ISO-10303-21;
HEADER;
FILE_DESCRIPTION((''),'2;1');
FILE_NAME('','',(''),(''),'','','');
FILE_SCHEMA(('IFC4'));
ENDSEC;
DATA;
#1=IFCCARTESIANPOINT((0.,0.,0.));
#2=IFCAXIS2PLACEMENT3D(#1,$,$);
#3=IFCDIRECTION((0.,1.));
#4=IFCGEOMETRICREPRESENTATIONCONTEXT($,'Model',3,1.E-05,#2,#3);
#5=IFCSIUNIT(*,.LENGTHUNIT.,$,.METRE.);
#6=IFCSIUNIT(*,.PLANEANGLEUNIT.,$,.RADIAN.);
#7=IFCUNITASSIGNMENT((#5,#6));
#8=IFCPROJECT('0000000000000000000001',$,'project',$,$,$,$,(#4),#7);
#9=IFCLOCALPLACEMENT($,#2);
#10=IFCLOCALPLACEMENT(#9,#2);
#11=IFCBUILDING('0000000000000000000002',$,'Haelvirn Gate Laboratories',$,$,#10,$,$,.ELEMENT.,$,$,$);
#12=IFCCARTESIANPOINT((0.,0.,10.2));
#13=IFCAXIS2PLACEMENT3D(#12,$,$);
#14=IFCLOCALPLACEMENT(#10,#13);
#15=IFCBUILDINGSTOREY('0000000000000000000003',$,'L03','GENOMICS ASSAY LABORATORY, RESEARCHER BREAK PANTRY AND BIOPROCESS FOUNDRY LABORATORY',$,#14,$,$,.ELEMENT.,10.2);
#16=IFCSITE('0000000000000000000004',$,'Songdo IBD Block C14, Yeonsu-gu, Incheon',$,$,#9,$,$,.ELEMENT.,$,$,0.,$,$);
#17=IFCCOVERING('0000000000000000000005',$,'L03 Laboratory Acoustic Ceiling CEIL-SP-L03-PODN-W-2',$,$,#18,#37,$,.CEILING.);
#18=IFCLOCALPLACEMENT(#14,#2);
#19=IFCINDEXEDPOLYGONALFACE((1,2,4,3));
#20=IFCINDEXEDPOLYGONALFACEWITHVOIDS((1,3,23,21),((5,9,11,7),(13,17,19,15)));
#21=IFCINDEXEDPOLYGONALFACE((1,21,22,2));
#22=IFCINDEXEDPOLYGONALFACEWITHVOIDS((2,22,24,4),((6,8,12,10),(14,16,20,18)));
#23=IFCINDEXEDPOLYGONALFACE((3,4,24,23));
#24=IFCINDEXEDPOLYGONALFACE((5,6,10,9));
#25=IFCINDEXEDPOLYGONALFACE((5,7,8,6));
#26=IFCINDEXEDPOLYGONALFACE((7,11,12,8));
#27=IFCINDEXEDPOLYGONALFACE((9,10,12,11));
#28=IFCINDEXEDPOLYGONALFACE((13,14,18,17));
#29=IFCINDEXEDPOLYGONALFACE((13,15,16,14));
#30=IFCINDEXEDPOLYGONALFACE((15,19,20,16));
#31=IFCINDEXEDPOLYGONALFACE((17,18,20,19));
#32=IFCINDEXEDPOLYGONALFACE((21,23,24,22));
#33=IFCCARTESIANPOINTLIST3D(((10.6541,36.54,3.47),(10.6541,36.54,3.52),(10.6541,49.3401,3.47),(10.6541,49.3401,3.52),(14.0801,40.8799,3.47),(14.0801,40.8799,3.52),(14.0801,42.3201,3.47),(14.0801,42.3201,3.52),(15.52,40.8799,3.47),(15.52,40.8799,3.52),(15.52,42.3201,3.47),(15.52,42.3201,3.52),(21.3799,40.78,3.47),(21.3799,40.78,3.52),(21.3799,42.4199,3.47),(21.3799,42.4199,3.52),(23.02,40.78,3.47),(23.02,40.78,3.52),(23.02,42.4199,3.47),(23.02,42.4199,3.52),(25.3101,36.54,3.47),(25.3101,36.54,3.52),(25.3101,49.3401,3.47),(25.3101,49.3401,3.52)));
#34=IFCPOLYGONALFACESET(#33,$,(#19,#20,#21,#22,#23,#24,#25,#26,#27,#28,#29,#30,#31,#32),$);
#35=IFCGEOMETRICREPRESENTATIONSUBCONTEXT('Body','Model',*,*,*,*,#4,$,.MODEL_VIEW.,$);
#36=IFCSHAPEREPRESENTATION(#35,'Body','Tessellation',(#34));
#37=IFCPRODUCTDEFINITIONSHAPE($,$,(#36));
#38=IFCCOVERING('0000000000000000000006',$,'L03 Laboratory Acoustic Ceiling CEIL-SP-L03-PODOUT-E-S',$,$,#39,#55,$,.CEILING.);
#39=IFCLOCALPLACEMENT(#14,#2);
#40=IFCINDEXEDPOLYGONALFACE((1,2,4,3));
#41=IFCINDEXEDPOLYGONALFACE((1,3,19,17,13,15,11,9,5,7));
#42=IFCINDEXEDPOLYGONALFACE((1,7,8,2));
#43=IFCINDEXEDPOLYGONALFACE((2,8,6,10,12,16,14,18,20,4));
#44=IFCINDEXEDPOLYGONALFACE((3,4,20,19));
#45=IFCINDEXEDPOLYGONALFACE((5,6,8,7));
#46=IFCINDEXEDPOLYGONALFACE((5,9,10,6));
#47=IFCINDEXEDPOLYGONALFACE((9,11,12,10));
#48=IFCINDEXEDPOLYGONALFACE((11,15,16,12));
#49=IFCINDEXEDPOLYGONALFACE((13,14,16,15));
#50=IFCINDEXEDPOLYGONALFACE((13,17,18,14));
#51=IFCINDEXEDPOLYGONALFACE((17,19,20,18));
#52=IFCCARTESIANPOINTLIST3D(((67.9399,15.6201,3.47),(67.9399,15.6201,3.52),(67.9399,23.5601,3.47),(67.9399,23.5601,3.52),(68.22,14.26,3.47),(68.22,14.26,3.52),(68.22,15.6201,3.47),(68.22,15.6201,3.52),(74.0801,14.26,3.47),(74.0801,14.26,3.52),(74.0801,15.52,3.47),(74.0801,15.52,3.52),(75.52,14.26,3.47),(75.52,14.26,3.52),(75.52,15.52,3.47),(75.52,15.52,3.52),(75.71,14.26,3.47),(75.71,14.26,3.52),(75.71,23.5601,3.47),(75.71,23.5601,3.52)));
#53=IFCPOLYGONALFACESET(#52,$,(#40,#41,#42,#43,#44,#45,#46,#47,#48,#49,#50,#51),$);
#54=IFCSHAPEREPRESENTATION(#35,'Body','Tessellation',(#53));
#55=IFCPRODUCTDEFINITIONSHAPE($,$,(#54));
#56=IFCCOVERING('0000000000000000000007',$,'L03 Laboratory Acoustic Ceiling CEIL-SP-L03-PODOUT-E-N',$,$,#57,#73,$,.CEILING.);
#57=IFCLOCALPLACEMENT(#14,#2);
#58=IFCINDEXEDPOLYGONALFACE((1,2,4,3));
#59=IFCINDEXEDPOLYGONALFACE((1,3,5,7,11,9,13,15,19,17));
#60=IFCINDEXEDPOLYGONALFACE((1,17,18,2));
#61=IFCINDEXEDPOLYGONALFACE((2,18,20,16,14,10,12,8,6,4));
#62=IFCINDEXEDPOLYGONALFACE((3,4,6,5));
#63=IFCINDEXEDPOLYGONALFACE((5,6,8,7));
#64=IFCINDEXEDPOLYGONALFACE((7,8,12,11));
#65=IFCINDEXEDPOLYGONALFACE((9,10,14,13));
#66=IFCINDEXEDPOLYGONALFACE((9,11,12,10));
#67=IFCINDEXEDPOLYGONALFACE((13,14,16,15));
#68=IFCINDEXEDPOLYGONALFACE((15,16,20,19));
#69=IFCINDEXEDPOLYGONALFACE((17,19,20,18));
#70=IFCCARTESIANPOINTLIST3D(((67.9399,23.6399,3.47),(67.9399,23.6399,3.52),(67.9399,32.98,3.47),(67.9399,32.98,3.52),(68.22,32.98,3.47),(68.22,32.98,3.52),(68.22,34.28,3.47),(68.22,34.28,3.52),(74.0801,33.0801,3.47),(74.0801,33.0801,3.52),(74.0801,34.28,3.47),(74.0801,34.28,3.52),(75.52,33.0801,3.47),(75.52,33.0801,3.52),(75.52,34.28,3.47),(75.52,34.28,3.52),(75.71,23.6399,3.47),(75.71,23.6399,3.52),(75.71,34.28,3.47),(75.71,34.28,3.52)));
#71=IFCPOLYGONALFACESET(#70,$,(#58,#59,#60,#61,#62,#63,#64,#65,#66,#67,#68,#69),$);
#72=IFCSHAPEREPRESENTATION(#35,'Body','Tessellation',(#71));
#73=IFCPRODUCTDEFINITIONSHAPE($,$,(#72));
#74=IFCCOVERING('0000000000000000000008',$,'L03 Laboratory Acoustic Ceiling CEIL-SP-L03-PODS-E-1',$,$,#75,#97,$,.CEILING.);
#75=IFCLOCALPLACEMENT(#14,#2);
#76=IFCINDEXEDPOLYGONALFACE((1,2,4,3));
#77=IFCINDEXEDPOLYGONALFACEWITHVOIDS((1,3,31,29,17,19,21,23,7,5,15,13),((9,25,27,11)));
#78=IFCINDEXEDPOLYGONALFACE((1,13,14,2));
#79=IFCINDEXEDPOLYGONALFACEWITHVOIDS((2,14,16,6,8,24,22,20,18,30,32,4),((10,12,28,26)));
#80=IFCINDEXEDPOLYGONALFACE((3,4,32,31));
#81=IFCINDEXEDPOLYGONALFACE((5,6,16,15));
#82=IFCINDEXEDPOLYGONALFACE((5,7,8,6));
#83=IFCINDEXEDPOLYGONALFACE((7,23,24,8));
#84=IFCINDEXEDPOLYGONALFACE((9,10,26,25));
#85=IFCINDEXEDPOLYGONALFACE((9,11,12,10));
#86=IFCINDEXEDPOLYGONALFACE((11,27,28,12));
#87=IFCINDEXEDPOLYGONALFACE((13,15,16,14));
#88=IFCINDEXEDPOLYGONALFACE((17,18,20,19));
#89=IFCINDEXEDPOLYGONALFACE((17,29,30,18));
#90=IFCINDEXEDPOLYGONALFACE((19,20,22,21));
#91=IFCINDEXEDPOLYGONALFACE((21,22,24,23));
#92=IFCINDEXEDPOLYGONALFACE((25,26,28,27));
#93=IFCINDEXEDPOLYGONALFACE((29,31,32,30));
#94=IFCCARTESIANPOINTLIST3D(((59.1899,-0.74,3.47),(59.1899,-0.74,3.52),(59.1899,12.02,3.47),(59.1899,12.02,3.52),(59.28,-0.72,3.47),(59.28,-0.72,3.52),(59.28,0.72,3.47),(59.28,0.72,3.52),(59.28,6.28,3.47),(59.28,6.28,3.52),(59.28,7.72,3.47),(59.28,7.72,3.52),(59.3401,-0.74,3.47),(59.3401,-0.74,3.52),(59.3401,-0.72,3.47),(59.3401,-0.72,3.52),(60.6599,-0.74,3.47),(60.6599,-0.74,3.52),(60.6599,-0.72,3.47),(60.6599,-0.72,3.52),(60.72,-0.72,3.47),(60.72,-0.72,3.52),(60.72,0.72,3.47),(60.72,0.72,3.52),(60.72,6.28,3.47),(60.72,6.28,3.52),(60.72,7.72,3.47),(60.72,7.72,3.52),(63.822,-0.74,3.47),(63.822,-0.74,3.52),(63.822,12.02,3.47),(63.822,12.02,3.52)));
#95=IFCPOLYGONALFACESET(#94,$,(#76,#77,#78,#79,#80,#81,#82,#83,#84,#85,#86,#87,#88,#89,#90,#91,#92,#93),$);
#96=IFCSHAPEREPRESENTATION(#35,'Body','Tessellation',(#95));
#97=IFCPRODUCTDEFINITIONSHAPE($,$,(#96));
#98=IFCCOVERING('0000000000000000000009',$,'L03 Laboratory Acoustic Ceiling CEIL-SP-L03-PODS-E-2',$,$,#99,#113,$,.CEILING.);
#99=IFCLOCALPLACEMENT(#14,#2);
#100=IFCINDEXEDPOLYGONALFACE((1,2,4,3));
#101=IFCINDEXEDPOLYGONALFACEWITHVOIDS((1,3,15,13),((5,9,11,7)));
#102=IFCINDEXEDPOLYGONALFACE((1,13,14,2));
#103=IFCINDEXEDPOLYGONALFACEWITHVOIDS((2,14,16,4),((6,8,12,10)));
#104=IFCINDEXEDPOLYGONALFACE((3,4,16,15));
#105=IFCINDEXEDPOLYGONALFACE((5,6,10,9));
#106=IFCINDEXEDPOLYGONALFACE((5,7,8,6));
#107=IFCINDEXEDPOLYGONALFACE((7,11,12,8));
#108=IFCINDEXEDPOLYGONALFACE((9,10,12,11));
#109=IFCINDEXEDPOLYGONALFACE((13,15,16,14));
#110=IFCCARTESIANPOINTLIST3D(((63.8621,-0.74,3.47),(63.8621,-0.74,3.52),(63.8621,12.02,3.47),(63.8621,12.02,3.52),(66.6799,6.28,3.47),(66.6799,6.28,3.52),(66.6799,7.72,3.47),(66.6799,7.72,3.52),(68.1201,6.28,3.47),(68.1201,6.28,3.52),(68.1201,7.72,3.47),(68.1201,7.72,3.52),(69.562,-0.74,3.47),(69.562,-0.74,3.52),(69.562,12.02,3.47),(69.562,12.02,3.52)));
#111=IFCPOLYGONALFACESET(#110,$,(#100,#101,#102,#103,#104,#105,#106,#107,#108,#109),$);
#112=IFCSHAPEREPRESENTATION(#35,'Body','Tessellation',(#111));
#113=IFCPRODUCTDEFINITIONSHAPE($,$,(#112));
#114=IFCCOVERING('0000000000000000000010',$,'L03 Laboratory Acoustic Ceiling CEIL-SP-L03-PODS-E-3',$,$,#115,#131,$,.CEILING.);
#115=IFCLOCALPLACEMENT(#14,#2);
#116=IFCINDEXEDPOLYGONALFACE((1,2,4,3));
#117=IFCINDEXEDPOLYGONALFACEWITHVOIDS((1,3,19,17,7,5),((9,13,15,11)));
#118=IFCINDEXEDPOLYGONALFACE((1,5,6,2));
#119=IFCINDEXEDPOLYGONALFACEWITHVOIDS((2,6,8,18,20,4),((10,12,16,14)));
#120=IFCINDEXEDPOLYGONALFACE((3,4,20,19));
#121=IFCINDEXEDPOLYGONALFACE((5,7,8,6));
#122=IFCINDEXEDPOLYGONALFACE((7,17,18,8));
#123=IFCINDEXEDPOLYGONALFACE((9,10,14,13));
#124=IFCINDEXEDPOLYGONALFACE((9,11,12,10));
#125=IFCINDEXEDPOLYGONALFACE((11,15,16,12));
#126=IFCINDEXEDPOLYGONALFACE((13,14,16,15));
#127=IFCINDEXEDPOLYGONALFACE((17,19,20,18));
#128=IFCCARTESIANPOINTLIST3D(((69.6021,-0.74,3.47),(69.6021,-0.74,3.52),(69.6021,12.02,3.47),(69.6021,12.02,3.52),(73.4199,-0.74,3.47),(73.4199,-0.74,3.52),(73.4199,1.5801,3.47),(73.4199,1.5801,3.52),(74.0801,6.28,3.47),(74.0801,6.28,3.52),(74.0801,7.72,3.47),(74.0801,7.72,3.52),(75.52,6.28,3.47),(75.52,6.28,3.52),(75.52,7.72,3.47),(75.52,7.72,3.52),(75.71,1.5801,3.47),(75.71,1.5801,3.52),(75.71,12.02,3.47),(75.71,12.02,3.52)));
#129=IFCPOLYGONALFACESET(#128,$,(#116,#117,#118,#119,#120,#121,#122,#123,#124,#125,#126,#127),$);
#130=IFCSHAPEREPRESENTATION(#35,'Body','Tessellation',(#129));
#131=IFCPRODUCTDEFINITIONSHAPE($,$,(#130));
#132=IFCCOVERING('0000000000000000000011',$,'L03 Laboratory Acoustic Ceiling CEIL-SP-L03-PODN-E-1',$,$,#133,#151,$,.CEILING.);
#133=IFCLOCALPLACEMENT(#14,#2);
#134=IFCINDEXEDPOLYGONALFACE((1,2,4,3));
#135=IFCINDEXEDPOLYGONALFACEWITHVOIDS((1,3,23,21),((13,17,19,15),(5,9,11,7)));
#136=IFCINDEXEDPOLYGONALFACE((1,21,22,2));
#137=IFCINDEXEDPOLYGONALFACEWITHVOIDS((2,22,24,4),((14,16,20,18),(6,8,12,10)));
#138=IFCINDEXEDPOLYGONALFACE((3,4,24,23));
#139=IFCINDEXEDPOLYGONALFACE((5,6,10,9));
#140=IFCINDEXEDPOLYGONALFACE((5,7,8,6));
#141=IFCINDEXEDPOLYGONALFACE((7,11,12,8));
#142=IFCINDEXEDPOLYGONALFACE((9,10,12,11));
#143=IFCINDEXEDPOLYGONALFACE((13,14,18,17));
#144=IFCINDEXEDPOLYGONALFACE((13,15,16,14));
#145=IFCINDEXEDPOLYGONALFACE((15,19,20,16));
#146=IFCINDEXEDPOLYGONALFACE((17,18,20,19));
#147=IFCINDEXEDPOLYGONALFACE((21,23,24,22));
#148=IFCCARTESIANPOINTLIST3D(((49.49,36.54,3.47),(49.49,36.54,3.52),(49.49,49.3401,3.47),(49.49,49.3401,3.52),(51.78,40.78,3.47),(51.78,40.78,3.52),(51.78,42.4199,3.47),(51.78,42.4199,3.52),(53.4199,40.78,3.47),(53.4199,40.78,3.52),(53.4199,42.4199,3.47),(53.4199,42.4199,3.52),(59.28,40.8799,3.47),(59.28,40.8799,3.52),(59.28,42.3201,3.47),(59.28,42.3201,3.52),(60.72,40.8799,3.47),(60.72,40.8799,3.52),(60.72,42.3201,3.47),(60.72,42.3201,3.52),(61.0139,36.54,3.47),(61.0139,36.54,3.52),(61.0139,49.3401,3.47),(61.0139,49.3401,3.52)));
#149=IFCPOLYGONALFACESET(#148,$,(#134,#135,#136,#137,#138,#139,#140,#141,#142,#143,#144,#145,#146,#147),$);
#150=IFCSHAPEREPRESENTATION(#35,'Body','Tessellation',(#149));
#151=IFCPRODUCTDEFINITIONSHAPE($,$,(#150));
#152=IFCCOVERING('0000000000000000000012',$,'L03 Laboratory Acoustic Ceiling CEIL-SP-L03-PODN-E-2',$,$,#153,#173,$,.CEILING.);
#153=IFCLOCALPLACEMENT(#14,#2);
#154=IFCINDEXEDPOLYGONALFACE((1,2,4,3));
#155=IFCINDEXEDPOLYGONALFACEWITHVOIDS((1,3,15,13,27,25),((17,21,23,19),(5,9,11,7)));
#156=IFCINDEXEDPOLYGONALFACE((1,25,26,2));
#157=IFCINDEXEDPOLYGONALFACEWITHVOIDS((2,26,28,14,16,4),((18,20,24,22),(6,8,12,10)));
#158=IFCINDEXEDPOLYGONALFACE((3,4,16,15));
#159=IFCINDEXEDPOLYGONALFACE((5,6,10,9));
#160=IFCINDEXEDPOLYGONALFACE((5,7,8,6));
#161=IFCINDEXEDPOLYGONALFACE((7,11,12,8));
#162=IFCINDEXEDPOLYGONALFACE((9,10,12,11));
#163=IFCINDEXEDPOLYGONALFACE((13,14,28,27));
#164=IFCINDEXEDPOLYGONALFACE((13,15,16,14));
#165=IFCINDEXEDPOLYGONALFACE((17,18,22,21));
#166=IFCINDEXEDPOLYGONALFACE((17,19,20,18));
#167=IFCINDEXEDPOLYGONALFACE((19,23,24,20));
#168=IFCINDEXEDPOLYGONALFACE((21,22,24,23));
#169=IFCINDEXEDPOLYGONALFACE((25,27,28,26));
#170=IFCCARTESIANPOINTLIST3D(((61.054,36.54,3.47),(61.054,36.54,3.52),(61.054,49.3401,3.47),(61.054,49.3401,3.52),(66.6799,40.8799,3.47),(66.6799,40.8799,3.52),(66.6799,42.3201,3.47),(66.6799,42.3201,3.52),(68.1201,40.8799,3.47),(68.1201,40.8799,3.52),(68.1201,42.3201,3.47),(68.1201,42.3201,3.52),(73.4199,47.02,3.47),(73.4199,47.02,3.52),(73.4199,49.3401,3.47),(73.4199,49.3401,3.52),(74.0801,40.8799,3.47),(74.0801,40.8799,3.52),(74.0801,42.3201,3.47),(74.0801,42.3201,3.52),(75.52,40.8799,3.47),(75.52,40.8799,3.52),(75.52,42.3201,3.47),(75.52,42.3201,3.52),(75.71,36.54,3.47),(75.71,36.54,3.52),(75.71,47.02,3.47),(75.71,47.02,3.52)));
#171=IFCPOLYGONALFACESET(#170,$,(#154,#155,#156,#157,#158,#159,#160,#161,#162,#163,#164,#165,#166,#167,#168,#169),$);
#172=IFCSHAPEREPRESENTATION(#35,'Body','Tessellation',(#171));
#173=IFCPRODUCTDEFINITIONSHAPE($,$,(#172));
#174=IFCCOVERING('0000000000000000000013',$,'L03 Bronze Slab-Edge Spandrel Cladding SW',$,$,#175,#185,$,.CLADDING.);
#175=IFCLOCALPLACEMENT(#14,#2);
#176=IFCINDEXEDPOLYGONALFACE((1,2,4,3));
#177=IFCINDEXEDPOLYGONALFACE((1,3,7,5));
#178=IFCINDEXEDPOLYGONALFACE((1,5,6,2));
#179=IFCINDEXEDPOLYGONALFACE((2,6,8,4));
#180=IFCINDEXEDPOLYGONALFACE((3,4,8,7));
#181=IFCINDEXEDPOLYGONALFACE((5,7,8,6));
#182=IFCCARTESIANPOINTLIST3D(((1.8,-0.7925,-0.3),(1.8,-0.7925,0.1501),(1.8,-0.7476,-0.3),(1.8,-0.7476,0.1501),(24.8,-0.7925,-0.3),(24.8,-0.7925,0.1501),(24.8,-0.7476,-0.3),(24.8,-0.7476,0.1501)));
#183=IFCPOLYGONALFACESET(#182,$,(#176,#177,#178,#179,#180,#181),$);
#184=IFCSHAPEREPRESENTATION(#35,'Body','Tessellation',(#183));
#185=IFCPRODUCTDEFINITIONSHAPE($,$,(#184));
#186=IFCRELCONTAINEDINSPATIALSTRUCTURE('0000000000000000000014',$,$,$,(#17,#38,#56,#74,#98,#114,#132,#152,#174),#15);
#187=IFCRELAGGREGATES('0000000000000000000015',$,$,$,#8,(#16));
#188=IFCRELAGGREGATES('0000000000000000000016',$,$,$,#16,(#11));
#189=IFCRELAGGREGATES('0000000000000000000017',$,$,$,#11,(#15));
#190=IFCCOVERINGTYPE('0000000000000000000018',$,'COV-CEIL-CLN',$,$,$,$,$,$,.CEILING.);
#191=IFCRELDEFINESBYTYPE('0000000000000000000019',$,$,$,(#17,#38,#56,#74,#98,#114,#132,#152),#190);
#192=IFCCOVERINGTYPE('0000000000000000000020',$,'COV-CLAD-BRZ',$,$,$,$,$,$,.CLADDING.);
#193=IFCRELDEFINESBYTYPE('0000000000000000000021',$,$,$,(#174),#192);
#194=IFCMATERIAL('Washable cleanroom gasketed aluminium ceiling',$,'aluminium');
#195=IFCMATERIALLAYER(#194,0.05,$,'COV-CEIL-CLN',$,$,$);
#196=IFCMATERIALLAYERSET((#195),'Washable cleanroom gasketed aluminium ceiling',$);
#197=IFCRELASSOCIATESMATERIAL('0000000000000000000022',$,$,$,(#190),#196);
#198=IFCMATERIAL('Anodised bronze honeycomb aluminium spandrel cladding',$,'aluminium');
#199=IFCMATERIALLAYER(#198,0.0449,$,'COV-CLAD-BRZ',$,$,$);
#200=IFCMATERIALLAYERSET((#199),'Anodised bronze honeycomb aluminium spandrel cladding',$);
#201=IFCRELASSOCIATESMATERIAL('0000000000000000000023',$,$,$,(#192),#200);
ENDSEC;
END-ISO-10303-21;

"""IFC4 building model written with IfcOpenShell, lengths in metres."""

from ifc_helpers import new_model, si_unit, direction, frame, frame_2d, origin, place, context, subcontext, project, spatial, polyline, rectangle, outline, extrude, material, layer, layer_set, type_object, element, save


model = new_model("IFC4")

# Units and contexts
model_context = context("Model", 3, precision=1e-05, world=origin(), true_north=direction((0.0, 1.0)))
body_context = subcontext(model_context, "Body", "Model", "MODEL_VIEW")
ifc_project = project(units=[si_unit("LENGTHUNIT", "METRE"), si_unit("PLANEANGLEUNIT", "RADIAN")], contexts=[model_context])

# Site, building, storey
site_placement = place(None, origin())
site = spatial("IfcSite", under=ifc_project, at=site_placement, Name="Songdo IBD Block C14, Yeonsu-gu, Incheon", CompositionType="ELEMENT", RefElevation=0.0)
building_placement = place(site_placement, origin())
building = spatial("IfcBuilding", under=site, at=building_placement, Name="Haelvirn Gate Laboratories", CompositionType="ELEMENT")
storey_placement = place(building_placement, frame((0.0, 0.0, 10.2)))
storey = spatial("IfcBuildingStorey", under=building, at=storey_placement, Name="L03", Description="GENOMICS ASSAY LABORATORY, RESEARCHER BREAK PANTRY AND BIOPROCESS FOUNDRY LABORATORY", CompositionType="ELEMENT", Elevation=10.2)

# Coverings
ifc_material_1 = material(Name="Washable cleanroom gasketed aluminium ceiling", Category="aluminium")
ifc_layer_1 = layer(ifc_material_1, 0.05, Name="COV-CEIL-CLN")
ifc_layer_set_1 = layer_set([ifc_layer_1], Name="Washable cleanroom gasketed aluminium ceiling")
covering_type_1 = type_object("IfcCoveringType", Name="COV-CEIL-CLN", PredefinedType="CEILING", material=ifc_layer_set_1)
covering_1_placement = place(storey_placement, frame((0.0, 0.0, 3.47)))
element("IfcCovering", 1, at=covering_1_placement, inside=storey, type_object=covering_type_1, Name="L03 Laboratory Acoustic Ceiling CEIL-SP-L03-PODN-W-2", PredefinedType="CEILING", context=body_context, shape_type="SweptSolid", body=[
    extrude(outline(polyline([(10.6541, 49.3401), (25.3101, 49.3401), (25.3101, 36.54), (10.6541, 36.54), (10.6541, 49.3401)]), holes=[polyline([(14.0801, 42.3201), (14.0801, 40.8799), (15.52, 40.8799), (15.52, 42.3201), (14.0801, 42.3201)]), polyline([(23.02, 42.4199), (21.3799, 42.4199), (21.3799, 40.78), (23.02, 40.78), (23.02, 42.4199)])]), origin(), (0.0, 0.0, 1.0), 0.05),
])
covering_2_placement = place(storey_placement, frame((0.0, 0.0, 3.47)))
element("IfcCovering", 2, at=covering_2_placement, inside=storey, type_object=covering_type_1, Name="L03 Laboratory Acoustic Ceiling CEIL-SP-L03-PODOUT-E-S", PredefinedType="CEILING", context=body_context, shape_type="SweptSolid", body=[
    extrude(outline(polyline([(68.22, 14.26), (68.22, 15.6201), (67.9399, 15.6201), (67.9399, 23.5601), (75.71, 23.5601), (75.71, 14.26), (75.52, 14.26), (75.52, 15.52), (74.0801, 15.52), (74.0801, 14.26), (68.22, 14.26)])), origin(), (0.0, 0.0, 1.0), 0.05),
])
covering_3_placement = place(storey_placement, frame((0.0, 0.0, 3.47)))
element("IfcCovering", 3, at=covering_3_placement, inside=storey, type_object=covering_type_1, Name="L03 Laboratory Acoustic Ceiling CEIL-SP-L03-PODOUT-E-N", PredefinedType="CEILING", context=body_context, shape_type="SweptSolid", body=[
    extrude(outline(polyline([(75.71, 34.28), (75.71, 23.6399), (67.9399, 23.6399), (67.9399, 32.98), (68.22, 32.98), (68.22, 34.28), (74.0801, 34.28), (74.0801, 33.0801), (75.52, 33.0801), (75.52, 34.28), (75.71, 34.28)])), origin(), (0.0, 0.0, 1.0), 0.05),
])
covering_4_placement = place(storey_placement, frame((0.0, 0.0, 3.47)))
element("IfcCovering", 4, at=covering_4_placement, inside=storey, type_object=covering_type_1, Name="L03 Laboratory Acoustic Ceiling CEIL-SP-L03-PODS-E-1", PredefinedType="CEILING", context=body_context, shape_type="SweptSolid", body=[
    extrude(outline(polyline([(60.6599, -0.72), (60.72, -0.72), (60.72, 0.72), (59.28, 0.72), (59.28, -0.72), (59.3401, -0.72), (59.3401, -0.74), (59.1899, -0.74), (59.1899, 12.02), (63.822, 12.02), (63.822, -0.74), (60.6599, -0.74), (60.6599, -0.72)]), holes=[polyline([(59.28, 7.72), (59.28, 6.28), (60.72, 6.28), (60.72, 7.72), (59.28, 7.72)])]), origin(), (0.0, 0.0, 1.0), 0.05),
])
covering_5_placement = place(storey_placement, frame((0.0, 0.0, 3.47)))
element("IfcCovering", 5, at=covering_5_placement, inside=storey, type_object=covering_type_1, Name="L03 Laboratory Acoustic Ceiling CEIL-SP-L03-PODS-E-2", PredefinedType="CEILING", context=body_context, shape_type="SweptSolid", body=[
    extrude(outline(polyline([(69.562, -0.74), (63.8621, -0.74), (63.8621, 12.02), (69.562, 12.02), (69.562, -0.74)]), holes=[polyline([(68.1201, 7.72), (66.6799, 7.72), (66.6799, 6.28), (68.1201, 6.28), (68.1201, 7.72)])]), origin(), (0.0, 0.0, 1.0), 0.05),
])
covering_6_placement = place(storey_placement, frame((0.0, 0.0, 3.47)))
element("IfcCovering", 6, at=covering_6_placement, inside=storey, type_object=covering_type_1, Name="L03 Laboratory Acoustic Ceiling CEIL-SP-L03-PODS-E-3", PredefinedType="CEILING", context=body_context, shape_type="SweptSolid", body=[
    extrude(outline(polyline([(73.4199, -0.74), (69.6021, -0.74), (69.6021, 12.02), (75.71, 12.02), (75.71, 1.5801), (73.4199, 1.5801), (73.4199, -0.74)]), holes=[polyline([(75.52, 7.72), (74.0801, 7.72), (74.0801, 6.28), (75.52, 6.28), (75.52, 7.72)])]), origin(), (0.0, 0.0, 1.0), 0.05),
])
covering_7_placement = place(storey_placement, frame((0.0, 0.0, 3.47)))
element("IfcCovering", 7, at=covering_7_placement, inside=storey, type_object=covering_type_1, Name="L03 Laboratory Acoustic Ceiling CEIL-SP-L03-PODN-E-1", PredefinedType="CEILING", context=body_context, shape_type="SweptSolid", body=[
    extrude(outline(polyline([(49.49, 49.3401), (61.0139, 49.3401), (61.0139, 36.54), (49.49, 36.54), (49.49, 49.3401)]), holes=[polyline([(51.78, 42.4199), (51.78, 40.78), (53.4199, 40.78), (53.4199, 42.4199), (51.78, 42.4199)]), polyline([(60.72, 42.3201), (59.28, 42.3201), (59.28, 40.8799), (60.72, 40.8799), (60.72, 42.3201)])]), origin(), (0.0, 0.0, 1.0), 0.05),
])
covering_8_placement = place(storey_placement, frame((0.0, 0.0, 3.47)))
element("IfcCovering", 8, at=covering_8_placement, inside=storey, type_object=covering_type_1, Name="L03 Laboratory Acoustic Ceiling CEIL-SP-L03-PODN-E-2", PredefinedType="CEILING", context=body_context, shape_type="SweptSolid", body=[
    extrude(outline(polyline([(75.71, 36.54), (61.054, 36.54), (61.054, 49.3401), (73.4199, 49.3401), (73.4199, 47.02), (75.71, 47.02), (75.71, 36.54)]), holes=[polyline([(66.6799, 42.3201), (66.6799, 40.8799), (68.1201, 40.8799), (68.1201, 42.3201), (66.6799, 42.3201)]), polyline([(75.52, 42.3201), (74.0801, 42.3201), (74.0801, 40.8799), (75.52, 40.8799), (75.52, 42.3201)])]), origin(), (0.0, 0.0, 1.0), 0.05),
])
ifc_material_2 = material(Name="Anodised bronze honeycomb aluminium spandrel cladding", Category="aluminium")
ifc_layer_2 = layer(ifc_material_2, 0.0449, Name="COV-CLAD-BRZ")
ifc_layer_set_2 = layer_set([ifc_layer_2], Name="Anodised bronze honeycomb aluminium spandrel cladding")
covering_type_2 = type_object("IfcCoveringType", Name="COV-CLAD-BRZ", PredefinedType="CLADDING", material=ifc_layer_set_2)
covering_9_placement = place(storey_placement, frame((1.8, -0.77, -0.3), z_axis=(0.0, 0.0, 1.0), x_axis=(1.0, 0.0, 0.0)))
element("IfcCovering", 9, at=covering_9_placement, inside=storey, type_object=covering_type_2, Name="L03 Bronze Slab-Edge Spandrel Cladding SW", PredefinedType="CLADDING", context=body_context, shape_type="SweptSolid", body=[
    extrude(rectangle(XDim=23.0, YDim=0.0449, at=frame_2d((11.5, 0.0))), origin(), (0.0, 0.0, 1.0), 0.4502),
])

save(model, "model.ifc")
